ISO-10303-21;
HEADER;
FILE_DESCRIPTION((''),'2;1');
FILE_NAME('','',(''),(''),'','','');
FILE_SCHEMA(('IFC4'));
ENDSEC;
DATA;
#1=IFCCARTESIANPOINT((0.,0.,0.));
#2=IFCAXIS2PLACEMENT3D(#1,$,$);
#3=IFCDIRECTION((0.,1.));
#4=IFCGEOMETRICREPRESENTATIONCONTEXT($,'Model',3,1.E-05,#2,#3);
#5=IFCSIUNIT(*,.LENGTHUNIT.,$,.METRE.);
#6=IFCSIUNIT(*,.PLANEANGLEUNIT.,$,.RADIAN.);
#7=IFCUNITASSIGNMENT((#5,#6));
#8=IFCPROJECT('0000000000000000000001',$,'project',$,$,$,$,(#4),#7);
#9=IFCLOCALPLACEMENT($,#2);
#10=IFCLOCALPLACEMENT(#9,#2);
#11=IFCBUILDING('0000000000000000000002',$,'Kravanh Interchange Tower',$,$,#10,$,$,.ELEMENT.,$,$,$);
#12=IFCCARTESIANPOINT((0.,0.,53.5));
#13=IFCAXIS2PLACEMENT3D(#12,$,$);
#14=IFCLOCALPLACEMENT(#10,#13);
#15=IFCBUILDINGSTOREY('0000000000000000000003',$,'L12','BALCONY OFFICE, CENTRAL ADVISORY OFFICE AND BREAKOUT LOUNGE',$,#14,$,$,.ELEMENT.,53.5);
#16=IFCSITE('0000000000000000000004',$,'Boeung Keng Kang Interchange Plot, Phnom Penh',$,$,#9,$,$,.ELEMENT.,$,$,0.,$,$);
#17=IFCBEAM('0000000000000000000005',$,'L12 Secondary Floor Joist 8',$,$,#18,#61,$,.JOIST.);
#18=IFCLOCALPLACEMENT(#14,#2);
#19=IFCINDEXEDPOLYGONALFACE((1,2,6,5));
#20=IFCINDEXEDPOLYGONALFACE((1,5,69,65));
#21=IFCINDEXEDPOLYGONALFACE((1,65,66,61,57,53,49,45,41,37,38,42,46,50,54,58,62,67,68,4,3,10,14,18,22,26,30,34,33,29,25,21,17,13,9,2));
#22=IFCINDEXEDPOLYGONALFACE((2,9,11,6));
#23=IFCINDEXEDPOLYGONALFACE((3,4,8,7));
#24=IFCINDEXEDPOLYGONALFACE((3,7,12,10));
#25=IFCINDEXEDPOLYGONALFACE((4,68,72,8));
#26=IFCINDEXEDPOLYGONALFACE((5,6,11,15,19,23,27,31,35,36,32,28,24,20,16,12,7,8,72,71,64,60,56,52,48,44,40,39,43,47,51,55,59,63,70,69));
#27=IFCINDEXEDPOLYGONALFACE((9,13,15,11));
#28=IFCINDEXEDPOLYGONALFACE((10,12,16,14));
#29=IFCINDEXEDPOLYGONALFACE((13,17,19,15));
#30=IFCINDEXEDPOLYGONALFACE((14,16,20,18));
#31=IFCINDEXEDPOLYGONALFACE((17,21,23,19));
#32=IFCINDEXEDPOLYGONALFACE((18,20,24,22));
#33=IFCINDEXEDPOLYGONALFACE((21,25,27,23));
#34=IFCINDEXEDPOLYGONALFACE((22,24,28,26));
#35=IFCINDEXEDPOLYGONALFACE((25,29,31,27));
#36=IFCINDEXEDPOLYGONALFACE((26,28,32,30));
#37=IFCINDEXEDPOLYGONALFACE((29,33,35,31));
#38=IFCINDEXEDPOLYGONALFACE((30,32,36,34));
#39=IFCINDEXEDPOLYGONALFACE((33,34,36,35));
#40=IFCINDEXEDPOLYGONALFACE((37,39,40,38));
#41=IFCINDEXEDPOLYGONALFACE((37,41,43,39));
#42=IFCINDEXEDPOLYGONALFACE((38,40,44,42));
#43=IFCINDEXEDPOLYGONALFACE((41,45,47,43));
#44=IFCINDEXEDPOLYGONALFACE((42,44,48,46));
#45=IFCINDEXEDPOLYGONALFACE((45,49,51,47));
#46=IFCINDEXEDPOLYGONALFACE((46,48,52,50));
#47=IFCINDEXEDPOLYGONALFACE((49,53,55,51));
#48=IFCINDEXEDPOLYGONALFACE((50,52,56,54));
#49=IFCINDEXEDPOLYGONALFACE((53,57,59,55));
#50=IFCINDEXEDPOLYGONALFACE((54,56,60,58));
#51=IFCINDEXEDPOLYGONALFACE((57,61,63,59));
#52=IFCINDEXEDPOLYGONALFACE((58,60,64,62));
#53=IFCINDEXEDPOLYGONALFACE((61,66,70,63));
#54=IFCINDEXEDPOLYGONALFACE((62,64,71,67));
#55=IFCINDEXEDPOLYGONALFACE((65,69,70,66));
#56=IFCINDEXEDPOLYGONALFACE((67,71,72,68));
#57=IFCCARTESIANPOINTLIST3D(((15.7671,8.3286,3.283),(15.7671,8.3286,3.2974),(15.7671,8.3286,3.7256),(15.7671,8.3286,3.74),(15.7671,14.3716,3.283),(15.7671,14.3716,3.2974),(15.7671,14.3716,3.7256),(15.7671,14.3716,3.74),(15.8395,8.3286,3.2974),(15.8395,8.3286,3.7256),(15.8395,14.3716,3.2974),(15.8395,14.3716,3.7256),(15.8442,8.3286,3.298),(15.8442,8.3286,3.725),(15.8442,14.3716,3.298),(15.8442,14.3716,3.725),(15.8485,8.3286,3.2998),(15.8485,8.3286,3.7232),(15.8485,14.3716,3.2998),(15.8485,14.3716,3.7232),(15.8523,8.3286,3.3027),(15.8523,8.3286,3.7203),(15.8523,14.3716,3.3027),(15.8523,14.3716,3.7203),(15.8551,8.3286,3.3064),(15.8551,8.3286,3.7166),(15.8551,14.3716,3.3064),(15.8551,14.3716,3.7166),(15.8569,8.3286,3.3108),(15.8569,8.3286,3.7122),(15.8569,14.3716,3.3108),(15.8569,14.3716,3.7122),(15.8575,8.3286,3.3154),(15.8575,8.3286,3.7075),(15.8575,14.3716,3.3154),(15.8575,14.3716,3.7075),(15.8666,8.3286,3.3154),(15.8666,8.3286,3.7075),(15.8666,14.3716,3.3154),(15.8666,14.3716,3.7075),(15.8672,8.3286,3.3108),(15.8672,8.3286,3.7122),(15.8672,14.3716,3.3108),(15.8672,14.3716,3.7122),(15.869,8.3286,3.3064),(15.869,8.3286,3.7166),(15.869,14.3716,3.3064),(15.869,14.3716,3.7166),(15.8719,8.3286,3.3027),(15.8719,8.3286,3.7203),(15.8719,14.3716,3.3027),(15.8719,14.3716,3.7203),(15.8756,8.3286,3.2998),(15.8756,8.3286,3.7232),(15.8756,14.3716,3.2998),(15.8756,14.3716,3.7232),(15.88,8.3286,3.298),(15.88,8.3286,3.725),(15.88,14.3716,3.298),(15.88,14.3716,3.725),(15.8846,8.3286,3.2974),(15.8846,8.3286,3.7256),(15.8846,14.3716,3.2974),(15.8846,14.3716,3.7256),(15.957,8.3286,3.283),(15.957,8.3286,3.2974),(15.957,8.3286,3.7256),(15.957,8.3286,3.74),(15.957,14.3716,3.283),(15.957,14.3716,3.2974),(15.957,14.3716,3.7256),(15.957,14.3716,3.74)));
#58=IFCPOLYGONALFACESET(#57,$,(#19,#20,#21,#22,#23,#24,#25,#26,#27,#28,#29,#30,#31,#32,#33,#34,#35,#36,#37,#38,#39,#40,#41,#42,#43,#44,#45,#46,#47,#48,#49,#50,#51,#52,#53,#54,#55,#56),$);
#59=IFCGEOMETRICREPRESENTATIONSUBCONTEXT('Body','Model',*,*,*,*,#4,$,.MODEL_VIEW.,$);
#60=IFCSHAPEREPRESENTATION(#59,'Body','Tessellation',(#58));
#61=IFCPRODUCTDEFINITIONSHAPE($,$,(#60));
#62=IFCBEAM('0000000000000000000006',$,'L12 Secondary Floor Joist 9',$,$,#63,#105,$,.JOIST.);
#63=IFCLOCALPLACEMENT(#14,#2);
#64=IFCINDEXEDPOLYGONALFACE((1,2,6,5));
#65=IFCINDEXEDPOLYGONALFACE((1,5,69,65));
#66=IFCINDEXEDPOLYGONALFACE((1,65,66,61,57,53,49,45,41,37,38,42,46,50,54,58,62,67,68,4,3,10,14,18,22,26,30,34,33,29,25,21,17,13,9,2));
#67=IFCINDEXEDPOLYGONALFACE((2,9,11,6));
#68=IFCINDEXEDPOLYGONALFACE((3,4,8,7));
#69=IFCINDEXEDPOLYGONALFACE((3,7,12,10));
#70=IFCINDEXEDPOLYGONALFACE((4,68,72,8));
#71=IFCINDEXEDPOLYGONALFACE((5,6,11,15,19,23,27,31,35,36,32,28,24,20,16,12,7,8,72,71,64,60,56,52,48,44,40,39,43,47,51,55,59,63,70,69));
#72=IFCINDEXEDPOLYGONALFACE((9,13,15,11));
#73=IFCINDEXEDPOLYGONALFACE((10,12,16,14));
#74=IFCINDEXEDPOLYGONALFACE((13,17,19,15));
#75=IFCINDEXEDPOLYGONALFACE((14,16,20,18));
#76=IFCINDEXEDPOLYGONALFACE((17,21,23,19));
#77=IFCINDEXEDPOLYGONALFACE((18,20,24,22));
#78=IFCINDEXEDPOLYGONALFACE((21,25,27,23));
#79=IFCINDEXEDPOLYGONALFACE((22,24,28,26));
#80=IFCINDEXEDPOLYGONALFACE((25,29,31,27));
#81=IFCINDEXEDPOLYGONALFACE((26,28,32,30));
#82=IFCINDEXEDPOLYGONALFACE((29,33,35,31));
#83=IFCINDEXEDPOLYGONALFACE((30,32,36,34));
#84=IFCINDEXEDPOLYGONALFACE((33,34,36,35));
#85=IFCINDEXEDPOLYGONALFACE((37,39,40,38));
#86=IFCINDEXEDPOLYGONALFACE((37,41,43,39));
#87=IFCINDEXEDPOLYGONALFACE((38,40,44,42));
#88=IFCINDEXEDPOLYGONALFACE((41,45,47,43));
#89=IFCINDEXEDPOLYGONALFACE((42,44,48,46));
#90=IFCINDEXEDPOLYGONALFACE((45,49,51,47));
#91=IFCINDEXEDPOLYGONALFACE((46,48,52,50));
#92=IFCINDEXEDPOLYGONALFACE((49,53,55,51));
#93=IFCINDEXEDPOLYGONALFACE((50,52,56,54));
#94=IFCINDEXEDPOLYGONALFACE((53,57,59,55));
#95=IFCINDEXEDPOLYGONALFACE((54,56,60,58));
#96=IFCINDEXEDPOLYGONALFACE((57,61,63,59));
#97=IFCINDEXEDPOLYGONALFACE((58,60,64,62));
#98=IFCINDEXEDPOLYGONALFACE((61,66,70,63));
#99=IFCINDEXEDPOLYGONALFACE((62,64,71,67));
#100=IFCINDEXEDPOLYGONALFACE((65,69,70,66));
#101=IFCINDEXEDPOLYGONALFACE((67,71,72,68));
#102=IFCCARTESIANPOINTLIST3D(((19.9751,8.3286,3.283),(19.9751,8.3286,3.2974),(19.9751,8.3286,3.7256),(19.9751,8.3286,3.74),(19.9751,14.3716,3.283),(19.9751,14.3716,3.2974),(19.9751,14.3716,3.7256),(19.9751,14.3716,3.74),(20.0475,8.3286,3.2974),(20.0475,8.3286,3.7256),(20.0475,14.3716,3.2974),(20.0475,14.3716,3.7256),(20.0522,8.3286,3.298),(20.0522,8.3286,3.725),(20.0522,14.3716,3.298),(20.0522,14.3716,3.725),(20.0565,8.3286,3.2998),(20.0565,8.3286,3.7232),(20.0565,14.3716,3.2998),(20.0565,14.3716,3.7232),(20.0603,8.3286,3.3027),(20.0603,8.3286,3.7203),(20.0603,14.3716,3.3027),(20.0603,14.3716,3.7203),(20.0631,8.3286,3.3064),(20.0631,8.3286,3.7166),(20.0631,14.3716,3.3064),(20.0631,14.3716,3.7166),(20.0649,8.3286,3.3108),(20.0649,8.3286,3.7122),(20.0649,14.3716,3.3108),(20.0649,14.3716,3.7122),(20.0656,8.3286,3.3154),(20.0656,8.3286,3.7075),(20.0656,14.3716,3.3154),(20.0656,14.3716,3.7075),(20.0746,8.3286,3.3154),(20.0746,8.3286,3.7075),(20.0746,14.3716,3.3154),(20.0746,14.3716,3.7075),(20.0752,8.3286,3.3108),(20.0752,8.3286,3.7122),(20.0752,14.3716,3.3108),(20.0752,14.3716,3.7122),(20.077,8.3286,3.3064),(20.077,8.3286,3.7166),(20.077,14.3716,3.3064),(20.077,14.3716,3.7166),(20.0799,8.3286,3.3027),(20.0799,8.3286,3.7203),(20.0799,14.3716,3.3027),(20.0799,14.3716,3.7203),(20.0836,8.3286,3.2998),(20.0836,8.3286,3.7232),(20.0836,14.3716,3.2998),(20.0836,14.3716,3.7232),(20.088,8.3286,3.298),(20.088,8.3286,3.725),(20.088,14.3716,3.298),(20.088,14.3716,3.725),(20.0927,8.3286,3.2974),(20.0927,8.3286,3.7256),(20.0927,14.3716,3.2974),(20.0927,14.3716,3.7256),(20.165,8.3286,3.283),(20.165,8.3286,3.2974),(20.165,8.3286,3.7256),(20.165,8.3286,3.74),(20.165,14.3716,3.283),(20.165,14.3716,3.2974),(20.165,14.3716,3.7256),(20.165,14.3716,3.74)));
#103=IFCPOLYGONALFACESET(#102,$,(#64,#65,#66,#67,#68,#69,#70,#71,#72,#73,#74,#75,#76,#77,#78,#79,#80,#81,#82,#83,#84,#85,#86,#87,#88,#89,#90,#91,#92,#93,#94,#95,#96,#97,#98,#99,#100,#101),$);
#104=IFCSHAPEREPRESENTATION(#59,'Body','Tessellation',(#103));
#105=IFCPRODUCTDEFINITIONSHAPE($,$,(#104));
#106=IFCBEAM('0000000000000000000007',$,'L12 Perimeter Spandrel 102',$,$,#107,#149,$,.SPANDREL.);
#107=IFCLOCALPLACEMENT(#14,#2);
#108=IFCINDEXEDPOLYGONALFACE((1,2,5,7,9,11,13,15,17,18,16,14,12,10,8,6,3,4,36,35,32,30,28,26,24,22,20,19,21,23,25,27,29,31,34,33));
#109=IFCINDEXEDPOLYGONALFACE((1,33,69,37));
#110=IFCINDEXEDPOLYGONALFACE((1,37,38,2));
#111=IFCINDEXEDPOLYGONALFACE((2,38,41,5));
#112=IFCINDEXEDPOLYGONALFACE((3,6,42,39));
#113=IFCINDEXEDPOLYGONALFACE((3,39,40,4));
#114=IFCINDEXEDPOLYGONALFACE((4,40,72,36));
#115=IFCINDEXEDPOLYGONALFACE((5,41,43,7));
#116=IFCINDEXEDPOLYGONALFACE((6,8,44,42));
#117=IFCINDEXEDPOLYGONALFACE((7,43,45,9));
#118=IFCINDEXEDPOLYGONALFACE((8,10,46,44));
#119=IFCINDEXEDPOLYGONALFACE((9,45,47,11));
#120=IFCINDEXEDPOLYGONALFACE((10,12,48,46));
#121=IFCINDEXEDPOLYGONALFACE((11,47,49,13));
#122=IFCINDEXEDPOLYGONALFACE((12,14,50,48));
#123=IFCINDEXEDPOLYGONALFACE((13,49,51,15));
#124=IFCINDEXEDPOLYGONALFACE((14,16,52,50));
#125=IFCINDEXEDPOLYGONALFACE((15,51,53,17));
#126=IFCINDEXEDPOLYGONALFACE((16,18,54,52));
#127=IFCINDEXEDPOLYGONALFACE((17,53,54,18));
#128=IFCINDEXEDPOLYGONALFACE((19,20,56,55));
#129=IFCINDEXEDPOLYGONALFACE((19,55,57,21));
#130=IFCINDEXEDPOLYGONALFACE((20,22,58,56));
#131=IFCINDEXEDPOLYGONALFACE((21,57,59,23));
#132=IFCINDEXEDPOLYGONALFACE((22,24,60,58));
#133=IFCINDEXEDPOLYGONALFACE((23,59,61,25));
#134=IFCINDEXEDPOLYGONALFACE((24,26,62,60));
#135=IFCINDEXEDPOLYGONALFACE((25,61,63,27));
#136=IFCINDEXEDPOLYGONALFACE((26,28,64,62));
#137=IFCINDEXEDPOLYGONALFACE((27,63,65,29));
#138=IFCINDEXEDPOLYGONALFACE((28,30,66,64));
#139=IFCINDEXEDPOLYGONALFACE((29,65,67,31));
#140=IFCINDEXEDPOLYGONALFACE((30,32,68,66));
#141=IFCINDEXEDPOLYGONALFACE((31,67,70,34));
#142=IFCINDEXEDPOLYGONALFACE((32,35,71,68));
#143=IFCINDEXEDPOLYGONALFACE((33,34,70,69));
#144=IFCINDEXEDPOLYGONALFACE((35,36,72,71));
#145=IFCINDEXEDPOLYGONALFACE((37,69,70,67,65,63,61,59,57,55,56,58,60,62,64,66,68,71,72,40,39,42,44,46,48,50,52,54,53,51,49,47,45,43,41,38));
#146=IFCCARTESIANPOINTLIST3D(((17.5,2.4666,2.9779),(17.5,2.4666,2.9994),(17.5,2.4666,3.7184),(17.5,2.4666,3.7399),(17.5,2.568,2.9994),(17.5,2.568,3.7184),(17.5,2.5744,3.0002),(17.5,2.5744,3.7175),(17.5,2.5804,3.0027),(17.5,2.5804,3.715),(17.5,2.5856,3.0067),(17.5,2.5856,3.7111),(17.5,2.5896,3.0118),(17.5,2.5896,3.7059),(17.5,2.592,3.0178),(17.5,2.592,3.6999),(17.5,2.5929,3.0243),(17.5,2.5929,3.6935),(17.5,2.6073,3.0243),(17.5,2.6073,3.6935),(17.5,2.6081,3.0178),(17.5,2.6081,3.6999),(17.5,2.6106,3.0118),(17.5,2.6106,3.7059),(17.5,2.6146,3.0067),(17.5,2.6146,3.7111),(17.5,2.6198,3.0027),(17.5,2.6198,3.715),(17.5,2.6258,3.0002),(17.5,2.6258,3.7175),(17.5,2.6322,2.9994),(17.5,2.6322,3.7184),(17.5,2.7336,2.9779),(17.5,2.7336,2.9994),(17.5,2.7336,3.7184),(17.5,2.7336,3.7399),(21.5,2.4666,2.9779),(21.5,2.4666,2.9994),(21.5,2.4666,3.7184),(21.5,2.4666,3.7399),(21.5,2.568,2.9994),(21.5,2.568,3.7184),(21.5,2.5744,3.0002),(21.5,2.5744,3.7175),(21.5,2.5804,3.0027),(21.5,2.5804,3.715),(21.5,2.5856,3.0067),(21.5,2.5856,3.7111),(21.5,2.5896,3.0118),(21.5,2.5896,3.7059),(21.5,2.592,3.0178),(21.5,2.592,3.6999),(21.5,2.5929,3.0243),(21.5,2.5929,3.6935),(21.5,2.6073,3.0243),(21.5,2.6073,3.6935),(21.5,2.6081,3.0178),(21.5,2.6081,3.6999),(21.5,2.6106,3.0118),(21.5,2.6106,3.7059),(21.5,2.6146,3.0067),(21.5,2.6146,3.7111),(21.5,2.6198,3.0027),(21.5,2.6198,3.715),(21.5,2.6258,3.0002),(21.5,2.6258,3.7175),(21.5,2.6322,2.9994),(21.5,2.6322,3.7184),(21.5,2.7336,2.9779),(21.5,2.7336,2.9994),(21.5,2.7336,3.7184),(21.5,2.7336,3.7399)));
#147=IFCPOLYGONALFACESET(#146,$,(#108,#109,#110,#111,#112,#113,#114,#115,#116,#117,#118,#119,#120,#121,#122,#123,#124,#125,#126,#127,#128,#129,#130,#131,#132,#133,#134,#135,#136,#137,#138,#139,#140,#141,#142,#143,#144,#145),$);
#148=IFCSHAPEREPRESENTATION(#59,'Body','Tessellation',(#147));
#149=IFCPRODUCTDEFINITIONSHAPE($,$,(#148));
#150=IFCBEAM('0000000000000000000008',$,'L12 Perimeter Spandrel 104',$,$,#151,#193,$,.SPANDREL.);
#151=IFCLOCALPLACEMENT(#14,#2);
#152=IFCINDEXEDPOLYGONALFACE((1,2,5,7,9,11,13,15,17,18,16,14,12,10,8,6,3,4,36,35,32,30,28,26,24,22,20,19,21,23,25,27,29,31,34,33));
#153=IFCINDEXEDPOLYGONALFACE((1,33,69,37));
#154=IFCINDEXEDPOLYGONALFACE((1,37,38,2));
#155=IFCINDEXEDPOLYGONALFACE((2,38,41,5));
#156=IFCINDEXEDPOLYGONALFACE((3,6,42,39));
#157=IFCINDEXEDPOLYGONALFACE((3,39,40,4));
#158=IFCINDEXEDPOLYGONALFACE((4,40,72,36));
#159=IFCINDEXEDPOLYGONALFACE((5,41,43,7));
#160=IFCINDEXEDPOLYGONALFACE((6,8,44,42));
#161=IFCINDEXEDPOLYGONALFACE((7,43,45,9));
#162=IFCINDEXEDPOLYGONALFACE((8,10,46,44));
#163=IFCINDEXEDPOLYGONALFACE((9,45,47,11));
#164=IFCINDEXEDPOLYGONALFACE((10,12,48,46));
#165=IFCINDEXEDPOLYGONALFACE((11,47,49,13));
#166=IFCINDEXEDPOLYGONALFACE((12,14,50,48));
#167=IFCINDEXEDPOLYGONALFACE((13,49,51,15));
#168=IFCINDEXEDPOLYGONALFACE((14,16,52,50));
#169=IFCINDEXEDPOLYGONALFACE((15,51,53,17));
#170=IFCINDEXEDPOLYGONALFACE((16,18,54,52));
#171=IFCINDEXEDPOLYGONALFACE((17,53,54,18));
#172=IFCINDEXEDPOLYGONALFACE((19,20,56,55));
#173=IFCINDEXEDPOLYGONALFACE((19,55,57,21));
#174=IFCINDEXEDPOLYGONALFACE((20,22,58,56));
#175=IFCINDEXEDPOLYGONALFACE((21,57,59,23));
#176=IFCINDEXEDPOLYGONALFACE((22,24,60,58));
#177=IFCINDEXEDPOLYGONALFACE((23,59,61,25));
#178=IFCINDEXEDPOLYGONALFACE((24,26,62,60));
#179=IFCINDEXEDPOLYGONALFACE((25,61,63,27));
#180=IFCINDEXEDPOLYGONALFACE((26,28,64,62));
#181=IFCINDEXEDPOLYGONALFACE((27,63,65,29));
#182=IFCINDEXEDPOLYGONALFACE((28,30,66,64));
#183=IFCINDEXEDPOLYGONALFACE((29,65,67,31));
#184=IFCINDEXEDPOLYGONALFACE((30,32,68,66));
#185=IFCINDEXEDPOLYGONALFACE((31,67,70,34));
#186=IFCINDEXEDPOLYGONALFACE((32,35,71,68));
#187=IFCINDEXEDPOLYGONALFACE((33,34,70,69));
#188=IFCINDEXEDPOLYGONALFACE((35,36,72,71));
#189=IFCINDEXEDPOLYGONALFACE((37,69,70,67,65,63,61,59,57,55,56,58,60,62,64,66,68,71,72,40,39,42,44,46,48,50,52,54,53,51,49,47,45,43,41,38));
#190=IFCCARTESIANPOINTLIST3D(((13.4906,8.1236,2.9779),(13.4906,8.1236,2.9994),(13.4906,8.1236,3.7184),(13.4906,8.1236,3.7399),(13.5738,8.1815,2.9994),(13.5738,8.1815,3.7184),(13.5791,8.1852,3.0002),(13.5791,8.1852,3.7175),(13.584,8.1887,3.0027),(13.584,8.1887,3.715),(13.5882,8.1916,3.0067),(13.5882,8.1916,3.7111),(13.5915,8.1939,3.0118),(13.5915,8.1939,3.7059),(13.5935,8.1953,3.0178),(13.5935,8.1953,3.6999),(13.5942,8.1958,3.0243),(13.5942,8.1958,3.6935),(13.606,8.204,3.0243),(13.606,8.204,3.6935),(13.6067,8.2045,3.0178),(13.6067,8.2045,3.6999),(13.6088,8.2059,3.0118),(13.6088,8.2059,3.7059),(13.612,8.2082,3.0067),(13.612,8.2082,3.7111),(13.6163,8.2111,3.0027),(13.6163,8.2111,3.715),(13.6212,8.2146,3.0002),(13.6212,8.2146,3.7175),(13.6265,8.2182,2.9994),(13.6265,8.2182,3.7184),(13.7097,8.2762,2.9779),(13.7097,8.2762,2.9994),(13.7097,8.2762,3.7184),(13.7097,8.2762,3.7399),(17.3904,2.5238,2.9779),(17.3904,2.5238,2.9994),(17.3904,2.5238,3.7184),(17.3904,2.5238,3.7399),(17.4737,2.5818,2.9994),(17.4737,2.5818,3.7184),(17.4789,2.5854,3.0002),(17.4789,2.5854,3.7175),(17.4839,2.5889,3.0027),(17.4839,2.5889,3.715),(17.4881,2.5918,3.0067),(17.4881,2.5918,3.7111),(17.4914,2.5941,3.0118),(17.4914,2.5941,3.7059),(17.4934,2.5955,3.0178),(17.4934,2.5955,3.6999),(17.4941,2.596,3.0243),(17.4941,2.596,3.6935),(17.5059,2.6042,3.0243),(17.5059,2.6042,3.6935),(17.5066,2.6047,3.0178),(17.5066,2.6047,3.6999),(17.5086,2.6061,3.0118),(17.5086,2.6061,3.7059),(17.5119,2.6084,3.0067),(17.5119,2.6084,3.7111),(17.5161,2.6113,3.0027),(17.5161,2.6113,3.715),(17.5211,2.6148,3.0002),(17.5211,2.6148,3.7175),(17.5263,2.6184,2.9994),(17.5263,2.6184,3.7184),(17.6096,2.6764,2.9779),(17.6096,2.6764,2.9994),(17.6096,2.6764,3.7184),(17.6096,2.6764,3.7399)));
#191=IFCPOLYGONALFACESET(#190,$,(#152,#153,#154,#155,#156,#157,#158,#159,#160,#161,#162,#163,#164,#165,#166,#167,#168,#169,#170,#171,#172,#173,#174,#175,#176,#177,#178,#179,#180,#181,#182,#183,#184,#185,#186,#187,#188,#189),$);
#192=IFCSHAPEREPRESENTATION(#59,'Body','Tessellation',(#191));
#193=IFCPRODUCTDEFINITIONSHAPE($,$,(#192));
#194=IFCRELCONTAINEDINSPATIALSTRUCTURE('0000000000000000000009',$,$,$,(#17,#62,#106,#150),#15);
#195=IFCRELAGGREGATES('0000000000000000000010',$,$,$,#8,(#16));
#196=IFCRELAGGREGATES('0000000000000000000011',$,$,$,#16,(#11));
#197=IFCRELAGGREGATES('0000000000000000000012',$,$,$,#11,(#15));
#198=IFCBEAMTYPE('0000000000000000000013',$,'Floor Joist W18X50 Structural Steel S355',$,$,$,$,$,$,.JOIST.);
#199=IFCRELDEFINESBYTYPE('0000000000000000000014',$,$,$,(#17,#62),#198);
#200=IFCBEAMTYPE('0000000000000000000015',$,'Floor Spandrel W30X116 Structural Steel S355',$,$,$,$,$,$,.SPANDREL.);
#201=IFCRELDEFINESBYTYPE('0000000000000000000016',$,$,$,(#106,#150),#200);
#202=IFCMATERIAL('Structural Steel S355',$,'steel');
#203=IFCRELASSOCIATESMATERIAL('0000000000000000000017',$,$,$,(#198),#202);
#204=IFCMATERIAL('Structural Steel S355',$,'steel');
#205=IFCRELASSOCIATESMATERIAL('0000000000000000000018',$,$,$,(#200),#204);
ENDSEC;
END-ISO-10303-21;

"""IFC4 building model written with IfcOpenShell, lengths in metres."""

from ifc_helpers import new_model, si_unit, direction, frame, origin, origin_2d, place, context, subcontext, project, spatial, i_section, extrude, material, material_profile, profile_set, type_object, element, save


model = new_model("IFC4")

# Units and contexts
model_context = context("Model", 3, precision=1e-05, world=origin(), true_north=direction((0.0, 1.0)))
body_context = subcontext(model_context, "Body", "Model", "MODEL_VIEW")
ifc_project = project(units=[si_unit("LENGTHUNIT", "METRE"), si_unit("PLANEANGLEUNIT", "RADIAN")], contexts=[model_context])

# Site, building, storey
site_placement = place(None, origin())
site = spatial("IfcSite", under=ifc_project, at=site_placement, Name="Boeung Keng Kang Interchange Plot, Phnom Penh", CompositionType="ELEMENT", RefElevation=0.0)
building_placement = place(site_placement, origin())
building = spatial("IfcBuilding", under=site, at=building_placement, Name="Kravanh Interchange Tower", CompositionType="ELEMENT")
storey_placement = place(building_placement, frame((0.0, 0.0, 53.5)))
storey = spatial("IfcBuildingStorey", under=building, at=storey_placement, Name="L12", Description="BALCONY OFFICE, CENTRAL ADVISORY OFFICE AND BREAKOUT LOUNGE", CompositionType="ELEMENT", Elevation=53.5)

# Beams
ifc_material_1 = material(Name="Structural Steel S355", Category="steel")
ifc_material_profile_1 = material_profile(ifc_material_1, i_section(OverallWidth=0.1899, OverallDepth=0.457, WebThickness=0.009, FlangeThickness=0.0144, FilletRadius=0.0181, at=origin_2d()), Name="W18X50")
ifc_profile_set_1 = profile_set([ifc_material_profile_1], Name="Structural Steel S355")
beam_type_1 = type_object("IfcBeamType", Name="Floor Joist W18X50 Structural Steel S355", PredefinedType="JOIST", material=ifc_profile_set_1)
for number, where, z_axis, x_axis, name in (
    (1, (15.8621, 8.3286, 3.5115), (0.0, 1.0, 0.0), (-1.0, 0.0, 0.0), "L12 Secondary Floor Joist 8"),
    (2, (20.0701, 8.3286, 3.5115), (0.0, 1.0, 0.0), (-1.0, 0.0, 0.0), "L12 Secondary Floor Joist 9"),
):
    element("IfcBeam", number, at=place(storey_placement, frame(where, z_axis=z_axis, x_axis=x_axis)), inside=storey, type_object=beam_type_1, Name=name, PredefinedType="JOIST", context=body_context, shape_type="SweptSolid", body=[
        extrude(i_section(OverallWidth=0.1899, OverallDepth=0.457, WebThickness=0.009, FlangeThickness=0.0144, FilletRadius=0.0181, at=origin_2d()), origin(), (0.0, 0.0, 1.0), 6.043),
    ])
ifc_material_2 = material(Name="Structural Steel S355", Category="steel")
ifc_material_profile_2 = material_profile(ifc_material_2, i_section(OverallWidth=0.2671, OverallDepth=0.762, WebThickness=0.0144, FlangeThickness=0.0215, FilletRadius=0.0249, at=origin_2d()), Name="W30X116")
ifc_profile_set_2 = profile_set([ifc_material_profile_2], Name="Structural Steel S355")
beam_type_2 = type_object("IfcBeamType", Name="Floor Spandrel W30X116 Structural Steel S355", PredefinedType="SPANDREL", material=ifc_profile_set_2)
beam_1_placement = place(storey_placement, frame((17.5, 2.6001, 3.3589), z_axis=(1.0, 0.0, 0.0), x_axis=(0.0, 1.0, 0.0)))
element("IfcBeam", 3, at=beam_1_placement, inside=storey, type_object=beam_type_2, Name="L12 Perimeter Spandrel 102", PredefinedType="SPANDREL", context=body_context, shape_type="SweptSolid", body=[
    extrude(i_section(OverallWidth=0.2671, OverallDepth=0.762, WebThickness=0.0144, FlangeThickness=0.0215, FilletRadius=0.0249, at=origin_2d()), origin(), (0.0, 0.0, 1.0), 4.0),
])
beam_2_placement = place(storey_placement, frame((17.5, 2.6001, 3.3589), z_axis=(-0.571494, 0.820606, 0.0), x_axis=(-0.820606, -0.571494, 0.0)))
element("IfcBeam", 4, at=beam_2_placement, inside=storey, type_object=beam_type_2, Name="L12 Perimeter Spandrel 104", PredefinedType="SPANDREL", context=body_context, shape_type="SweptSolid", body=[
    extrude(i_section(OverallWidth=0.2671, OverallDepth=0.762, WebThickness=0.0144, FlangeThickness=0.0215, FilletRadius=0.0249, at=origin_2d()), origin(), (0.0, 0.0, 1.0), 6.824),
])

save(model, "model.ifc")
